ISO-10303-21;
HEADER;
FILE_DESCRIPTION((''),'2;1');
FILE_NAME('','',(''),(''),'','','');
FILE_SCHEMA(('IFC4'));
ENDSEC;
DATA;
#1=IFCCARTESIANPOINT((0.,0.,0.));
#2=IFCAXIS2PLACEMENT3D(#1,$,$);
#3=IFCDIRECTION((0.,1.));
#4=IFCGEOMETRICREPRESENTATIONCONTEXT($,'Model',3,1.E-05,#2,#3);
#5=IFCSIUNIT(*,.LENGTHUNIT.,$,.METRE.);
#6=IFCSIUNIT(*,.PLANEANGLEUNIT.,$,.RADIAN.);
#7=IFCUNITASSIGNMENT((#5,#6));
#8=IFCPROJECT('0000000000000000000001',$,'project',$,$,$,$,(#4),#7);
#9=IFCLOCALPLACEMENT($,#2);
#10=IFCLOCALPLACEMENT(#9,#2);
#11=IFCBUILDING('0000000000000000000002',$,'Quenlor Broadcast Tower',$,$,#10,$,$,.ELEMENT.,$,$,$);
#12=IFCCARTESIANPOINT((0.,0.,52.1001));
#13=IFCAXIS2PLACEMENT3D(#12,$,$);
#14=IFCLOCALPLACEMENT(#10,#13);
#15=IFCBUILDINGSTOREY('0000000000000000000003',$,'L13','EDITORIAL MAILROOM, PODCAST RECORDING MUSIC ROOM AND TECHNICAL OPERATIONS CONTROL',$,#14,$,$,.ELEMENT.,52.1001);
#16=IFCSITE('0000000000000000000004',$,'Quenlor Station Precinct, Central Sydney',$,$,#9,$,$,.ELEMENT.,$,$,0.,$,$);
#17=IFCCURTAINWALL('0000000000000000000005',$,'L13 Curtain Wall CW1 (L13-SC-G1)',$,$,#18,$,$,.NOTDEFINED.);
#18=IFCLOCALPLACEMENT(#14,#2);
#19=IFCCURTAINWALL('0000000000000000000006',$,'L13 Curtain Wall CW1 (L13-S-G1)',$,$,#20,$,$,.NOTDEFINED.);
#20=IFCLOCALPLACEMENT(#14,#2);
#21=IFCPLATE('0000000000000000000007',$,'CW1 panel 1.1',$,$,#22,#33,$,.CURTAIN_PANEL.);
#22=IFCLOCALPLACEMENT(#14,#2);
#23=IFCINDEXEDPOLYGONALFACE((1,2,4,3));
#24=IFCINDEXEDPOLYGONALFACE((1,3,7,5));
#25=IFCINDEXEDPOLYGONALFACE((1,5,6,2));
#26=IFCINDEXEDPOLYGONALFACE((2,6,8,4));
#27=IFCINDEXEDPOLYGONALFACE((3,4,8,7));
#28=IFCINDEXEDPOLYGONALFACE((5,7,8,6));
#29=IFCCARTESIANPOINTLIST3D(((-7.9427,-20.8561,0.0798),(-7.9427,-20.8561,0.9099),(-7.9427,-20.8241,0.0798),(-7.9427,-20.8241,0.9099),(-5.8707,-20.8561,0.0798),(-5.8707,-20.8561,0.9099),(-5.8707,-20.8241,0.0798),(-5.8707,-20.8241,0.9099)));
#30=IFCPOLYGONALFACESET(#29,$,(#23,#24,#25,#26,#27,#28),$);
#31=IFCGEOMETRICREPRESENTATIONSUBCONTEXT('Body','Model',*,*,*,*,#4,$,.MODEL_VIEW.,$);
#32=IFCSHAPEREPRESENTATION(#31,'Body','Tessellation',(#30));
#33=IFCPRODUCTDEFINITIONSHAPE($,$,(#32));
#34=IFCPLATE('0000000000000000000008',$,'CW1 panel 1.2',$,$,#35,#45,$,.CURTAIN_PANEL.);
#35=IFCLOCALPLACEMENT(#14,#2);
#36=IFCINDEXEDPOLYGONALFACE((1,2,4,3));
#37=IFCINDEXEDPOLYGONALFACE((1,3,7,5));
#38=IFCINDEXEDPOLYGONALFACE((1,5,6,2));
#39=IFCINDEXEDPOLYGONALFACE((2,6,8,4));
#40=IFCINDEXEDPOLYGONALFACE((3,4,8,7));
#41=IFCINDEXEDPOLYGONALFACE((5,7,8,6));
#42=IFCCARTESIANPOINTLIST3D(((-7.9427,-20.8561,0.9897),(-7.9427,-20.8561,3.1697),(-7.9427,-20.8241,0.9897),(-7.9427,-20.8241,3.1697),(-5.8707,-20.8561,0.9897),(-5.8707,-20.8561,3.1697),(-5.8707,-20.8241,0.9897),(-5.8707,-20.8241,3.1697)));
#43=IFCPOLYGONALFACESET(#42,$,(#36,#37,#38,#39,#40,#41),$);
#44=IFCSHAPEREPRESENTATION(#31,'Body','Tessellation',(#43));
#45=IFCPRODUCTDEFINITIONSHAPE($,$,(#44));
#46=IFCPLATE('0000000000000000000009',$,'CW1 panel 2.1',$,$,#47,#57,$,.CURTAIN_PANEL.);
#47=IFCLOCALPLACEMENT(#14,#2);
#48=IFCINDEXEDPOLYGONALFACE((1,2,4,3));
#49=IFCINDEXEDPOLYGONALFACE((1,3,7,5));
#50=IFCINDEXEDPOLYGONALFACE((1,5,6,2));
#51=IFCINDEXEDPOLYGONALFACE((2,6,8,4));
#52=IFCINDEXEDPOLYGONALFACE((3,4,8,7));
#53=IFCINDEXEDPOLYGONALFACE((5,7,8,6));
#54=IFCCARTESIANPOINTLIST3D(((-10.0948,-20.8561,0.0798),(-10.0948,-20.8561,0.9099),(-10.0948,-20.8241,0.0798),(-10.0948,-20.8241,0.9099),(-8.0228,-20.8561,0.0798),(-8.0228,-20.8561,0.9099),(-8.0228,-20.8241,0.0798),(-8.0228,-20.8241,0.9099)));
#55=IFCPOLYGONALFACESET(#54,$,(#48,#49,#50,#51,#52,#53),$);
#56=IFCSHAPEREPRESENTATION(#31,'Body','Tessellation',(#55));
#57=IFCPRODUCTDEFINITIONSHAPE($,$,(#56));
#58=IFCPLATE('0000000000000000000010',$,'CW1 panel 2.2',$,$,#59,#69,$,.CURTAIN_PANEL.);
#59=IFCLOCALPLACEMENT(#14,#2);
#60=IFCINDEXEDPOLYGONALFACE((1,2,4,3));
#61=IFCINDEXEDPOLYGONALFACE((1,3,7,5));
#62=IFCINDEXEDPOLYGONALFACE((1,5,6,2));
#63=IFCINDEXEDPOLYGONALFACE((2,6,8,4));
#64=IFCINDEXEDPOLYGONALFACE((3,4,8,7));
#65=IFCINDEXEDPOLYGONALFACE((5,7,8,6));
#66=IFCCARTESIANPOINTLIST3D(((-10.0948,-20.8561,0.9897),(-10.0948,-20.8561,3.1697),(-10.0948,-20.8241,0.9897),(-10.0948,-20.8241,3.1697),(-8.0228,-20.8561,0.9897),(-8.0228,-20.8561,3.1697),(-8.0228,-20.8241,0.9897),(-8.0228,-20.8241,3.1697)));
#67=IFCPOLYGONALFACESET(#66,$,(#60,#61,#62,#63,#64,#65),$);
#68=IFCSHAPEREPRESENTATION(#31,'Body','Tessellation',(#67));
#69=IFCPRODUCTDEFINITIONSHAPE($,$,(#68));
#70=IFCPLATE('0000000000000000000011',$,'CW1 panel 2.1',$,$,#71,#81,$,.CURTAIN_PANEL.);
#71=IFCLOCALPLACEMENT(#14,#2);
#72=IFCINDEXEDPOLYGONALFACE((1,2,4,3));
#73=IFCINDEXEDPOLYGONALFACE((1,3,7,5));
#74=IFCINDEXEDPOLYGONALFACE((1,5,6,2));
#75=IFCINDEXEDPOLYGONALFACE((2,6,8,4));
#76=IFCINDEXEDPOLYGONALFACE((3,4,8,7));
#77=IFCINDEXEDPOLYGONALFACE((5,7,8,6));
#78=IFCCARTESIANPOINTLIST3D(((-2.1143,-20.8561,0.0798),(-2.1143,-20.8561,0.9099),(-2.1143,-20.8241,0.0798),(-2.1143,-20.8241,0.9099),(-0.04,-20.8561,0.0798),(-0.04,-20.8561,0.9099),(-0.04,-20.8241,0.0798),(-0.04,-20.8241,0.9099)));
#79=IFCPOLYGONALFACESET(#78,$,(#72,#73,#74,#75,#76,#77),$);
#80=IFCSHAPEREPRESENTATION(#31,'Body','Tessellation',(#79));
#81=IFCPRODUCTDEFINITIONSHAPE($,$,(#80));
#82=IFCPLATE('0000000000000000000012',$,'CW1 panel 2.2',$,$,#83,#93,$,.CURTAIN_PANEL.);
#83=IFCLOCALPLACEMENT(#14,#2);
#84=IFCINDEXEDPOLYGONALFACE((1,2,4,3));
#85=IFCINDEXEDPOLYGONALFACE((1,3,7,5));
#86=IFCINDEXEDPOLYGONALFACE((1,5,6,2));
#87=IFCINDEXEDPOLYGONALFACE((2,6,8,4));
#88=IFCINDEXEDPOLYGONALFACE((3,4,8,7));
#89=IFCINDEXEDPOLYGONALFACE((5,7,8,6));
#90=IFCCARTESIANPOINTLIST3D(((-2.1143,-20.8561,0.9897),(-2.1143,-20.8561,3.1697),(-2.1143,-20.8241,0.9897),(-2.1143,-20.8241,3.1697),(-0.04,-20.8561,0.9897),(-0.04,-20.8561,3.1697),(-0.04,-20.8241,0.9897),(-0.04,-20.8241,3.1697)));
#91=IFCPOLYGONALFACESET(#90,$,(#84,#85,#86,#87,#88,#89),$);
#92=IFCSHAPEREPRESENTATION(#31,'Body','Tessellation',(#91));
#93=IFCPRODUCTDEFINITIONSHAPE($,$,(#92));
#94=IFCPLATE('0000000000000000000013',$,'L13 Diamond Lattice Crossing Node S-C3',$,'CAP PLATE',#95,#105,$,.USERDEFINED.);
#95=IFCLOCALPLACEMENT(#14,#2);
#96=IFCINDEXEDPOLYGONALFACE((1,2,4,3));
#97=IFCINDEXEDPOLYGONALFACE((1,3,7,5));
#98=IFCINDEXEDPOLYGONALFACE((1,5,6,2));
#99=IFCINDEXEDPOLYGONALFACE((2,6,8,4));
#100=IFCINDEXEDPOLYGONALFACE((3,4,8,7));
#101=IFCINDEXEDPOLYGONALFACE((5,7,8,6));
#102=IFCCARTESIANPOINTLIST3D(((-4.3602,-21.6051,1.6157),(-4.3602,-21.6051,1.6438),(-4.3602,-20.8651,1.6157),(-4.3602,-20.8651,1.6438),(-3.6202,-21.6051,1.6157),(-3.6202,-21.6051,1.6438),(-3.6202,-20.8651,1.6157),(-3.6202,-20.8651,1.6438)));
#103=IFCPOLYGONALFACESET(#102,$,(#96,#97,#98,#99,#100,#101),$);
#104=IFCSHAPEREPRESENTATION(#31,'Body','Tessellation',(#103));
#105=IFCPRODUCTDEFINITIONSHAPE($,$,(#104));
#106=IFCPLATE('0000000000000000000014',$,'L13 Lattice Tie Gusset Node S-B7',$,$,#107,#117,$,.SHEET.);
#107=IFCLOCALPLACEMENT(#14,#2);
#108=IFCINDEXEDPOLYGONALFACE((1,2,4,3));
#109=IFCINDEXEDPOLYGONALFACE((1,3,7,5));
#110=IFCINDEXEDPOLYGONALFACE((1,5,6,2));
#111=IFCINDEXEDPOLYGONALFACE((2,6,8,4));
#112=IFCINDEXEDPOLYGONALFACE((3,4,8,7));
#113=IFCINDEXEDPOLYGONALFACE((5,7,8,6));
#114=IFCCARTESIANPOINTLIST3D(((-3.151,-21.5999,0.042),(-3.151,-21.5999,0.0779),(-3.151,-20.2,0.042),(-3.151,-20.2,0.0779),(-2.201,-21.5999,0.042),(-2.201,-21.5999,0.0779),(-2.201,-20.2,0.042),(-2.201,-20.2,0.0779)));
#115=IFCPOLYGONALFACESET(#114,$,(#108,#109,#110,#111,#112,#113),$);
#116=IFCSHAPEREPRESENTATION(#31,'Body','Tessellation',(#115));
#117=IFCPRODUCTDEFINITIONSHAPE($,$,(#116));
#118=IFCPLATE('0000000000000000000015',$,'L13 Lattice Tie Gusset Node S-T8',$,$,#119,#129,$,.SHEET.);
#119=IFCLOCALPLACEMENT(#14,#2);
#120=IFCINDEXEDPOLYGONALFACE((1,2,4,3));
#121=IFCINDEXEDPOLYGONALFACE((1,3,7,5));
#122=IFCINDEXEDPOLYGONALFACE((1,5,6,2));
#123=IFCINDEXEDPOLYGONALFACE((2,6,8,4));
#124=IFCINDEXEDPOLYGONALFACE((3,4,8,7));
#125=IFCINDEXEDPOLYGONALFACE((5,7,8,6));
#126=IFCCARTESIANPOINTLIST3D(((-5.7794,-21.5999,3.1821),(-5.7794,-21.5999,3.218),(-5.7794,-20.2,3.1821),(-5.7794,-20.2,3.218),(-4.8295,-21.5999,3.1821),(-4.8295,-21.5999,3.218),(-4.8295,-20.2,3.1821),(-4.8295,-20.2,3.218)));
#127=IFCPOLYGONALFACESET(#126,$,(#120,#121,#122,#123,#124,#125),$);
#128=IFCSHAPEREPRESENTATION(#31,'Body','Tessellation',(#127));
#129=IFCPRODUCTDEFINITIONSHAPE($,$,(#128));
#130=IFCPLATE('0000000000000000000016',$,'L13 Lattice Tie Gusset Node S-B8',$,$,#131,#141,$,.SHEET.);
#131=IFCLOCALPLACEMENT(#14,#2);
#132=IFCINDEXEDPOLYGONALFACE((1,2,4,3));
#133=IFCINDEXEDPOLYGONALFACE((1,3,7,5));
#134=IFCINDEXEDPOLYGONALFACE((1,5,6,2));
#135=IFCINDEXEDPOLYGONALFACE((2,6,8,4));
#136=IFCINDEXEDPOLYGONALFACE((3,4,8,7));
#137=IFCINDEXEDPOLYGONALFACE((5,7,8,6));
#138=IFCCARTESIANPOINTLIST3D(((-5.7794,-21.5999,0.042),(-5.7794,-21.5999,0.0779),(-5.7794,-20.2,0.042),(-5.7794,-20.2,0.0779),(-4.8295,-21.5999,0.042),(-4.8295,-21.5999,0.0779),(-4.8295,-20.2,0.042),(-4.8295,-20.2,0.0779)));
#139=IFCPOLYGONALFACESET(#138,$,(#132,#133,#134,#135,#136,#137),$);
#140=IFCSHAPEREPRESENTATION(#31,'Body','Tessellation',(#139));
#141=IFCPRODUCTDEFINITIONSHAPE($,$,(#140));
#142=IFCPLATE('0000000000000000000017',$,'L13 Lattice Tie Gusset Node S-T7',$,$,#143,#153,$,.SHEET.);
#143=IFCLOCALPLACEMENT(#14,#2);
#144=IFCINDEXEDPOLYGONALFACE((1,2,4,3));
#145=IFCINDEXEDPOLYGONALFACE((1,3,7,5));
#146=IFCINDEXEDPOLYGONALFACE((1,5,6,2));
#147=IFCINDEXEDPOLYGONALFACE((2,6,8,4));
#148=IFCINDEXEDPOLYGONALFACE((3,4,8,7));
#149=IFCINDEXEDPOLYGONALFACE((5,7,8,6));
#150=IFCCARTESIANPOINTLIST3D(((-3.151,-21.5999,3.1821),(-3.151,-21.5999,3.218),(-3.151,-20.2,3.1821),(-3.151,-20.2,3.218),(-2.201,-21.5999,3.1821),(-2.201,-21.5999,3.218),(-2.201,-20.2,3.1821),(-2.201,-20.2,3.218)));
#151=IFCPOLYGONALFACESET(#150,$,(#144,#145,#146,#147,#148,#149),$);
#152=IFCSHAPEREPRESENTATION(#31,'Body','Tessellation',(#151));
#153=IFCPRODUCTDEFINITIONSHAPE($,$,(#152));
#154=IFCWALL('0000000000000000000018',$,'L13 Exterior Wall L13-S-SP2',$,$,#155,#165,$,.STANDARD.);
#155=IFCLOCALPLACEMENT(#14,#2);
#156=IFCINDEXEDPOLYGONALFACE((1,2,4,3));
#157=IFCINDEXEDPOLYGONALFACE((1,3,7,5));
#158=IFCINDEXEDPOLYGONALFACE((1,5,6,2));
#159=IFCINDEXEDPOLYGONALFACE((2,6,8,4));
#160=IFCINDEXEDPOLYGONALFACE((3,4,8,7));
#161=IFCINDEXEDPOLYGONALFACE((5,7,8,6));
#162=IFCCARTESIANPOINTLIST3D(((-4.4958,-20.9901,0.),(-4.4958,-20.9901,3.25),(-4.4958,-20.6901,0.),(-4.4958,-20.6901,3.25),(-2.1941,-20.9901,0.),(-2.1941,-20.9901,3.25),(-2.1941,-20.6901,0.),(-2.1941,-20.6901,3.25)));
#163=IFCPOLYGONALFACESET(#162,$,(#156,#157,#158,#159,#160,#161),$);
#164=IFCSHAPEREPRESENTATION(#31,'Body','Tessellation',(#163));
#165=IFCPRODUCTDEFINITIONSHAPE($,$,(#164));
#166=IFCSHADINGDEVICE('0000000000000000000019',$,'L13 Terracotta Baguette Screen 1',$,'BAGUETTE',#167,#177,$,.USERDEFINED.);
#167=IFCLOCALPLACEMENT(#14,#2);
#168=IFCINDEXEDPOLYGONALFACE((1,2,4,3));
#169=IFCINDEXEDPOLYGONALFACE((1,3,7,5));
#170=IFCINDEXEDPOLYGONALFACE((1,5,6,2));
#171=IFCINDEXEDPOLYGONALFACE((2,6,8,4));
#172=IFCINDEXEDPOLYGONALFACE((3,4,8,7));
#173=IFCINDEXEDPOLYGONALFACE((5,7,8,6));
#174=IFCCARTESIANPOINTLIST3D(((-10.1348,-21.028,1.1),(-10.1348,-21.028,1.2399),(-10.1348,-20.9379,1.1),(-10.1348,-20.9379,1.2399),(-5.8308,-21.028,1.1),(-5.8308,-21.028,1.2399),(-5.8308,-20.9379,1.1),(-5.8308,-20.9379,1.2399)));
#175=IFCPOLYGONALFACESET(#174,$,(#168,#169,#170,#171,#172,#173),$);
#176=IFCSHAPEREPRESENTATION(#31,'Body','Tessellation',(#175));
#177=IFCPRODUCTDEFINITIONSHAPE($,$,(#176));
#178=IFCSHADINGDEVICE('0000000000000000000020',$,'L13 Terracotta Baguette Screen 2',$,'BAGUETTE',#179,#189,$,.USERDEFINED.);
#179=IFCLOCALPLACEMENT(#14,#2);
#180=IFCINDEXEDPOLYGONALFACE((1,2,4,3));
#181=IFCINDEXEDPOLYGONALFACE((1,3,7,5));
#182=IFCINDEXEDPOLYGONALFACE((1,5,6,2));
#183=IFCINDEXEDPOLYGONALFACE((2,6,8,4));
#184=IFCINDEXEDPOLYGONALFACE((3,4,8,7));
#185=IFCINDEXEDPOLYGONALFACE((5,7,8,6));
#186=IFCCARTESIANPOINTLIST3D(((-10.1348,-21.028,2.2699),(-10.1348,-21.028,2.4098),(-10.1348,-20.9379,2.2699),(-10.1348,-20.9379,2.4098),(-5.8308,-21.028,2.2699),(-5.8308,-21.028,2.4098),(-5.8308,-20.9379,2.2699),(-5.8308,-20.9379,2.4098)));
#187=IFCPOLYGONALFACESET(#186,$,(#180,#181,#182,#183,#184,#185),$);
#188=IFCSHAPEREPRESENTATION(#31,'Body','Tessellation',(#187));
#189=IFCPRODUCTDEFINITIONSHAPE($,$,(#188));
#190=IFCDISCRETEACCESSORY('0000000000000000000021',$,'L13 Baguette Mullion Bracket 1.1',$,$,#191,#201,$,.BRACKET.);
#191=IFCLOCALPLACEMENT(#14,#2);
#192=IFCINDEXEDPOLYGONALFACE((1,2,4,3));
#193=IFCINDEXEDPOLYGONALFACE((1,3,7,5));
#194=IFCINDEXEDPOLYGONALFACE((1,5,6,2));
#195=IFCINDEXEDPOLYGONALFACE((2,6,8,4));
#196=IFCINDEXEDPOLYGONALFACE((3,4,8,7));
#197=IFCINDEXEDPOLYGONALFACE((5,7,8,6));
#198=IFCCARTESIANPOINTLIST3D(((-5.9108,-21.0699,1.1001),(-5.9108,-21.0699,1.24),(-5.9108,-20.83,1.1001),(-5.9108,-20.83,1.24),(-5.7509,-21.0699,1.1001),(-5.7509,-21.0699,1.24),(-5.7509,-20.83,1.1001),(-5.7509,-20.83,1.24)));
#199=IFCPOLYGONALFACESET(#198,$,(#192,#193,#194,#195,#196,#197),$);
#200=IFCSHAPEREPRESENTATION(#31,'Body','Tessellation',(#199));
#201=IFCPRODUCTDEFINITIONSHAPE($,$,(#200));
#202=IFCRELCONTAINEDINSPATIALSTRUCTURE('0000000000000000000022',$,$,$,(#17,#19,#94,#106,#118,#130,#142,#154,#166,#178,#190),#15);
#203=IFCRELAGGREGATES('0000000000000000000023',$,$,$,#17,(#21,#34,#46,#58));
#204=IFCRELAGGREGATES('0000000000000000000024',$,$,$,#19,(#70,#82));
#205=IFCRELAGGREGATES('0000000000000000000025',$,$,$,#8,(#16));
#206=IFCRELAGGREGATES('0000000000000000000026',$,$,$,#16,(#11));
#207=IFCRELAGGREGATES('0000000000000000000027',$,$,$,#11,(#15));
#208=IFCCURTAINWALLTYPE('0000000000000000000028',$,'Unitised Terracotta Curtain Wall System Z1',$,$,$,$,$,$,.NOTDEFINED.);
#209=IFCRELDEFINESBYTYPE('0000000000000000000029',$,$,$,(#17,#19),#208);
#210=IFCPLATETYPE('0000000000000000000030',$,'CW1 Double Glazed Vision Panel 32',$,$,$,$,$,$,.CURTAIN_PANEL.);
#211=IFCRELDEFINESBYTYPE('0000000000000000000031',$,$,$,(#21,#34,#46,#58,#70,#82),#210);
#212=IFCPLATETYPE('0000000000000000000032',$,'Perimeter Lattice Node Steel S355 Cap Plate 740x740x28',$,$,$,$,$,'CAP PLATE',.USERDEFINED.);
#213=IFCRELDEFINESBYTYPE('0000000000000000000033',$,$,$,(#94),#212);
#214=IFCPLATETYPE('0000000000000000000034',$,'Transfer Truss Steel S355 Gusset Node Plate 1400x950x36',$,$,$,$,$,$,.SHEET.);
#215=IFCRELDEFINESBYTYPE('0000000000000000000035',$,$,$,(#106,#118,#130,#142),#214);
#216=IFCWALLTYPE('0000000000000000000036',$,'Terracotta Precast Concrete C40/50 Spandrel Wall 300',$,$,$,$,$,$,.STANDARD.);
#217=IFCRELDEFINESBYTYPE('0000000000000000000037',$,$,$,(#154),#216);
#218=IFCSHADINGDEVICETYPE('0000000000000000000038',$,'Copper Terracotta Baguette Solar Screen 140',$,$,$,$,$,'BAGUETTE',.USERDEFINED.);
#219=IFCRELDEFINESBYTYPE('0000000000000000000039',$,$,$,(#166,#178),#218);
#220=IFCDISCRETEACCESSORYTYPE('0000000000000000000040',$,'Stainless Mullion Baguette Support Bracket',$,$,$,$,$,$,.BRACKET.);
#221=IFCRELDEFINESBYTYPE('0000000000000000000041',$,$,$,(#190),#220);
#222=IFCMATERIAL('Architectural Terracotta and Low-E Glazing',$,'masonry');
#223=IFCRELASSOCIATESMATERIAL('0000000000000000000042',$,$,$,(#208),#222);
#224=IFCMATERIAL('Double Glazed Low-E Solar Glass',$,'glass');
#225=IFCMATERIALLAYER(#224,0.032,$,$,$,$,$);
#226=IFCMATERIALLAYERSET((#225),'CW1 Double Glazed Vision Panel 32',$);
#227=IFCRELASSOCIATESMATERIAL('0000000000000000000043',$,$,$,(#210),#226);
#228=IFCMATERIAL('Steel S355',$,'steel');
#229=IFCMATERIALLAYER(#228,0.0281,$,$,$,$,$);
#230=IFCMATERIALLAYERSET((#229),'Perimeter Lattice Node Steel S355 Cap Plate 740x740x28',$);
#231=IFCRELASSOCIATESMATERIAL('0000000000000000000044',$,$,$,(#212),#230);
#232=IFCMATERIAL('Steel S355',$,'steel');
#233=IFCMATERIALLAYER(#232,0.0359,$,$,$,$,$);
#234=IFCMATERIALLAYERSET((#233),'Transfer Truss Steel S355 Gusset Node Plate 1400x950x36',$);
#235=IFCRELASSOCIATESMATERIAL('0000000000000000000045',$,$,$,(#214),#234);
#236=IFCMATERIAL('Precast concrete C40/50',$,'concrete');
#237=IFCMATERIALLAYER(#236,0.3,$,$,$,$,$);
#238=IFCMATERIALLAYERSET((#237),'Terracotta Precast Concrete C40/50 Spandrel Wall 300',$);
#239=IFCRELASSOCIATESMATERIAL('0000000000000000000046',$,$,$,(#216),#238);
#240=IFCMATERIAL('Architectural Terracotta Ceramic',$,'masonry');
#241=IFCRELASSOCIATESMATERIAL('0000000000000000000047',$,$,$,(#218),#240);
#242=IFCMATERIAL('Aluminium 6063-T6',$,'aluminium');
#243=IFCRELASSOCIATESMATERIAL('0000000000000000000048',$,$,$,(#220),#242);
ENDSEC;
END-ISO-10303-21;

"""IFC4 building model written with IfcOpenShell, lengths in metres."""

from ifc_helpers import new_model, si_unit, direction, frame, frame_2d, origin, origin_2d, place, context, subcontext, project, spatial, rectangle, extrude, material, layer, layer_set, material_profile, profile_set, type_object, element, aggregate, save


model = new_model("IFC4")

# Units and contexts
model_context = context("Model", 3, precision=1e-05, world=origin(), true_north=direction((0.0, 1.0)))
body_context = subcontext(model_context, "Body", "Model", "MODEL_VIEW")
ifc_project = project(units=[si_unit("LENGTHUNIT", "METRE"), si_unit("PLANEANGLEUNIT", "RADIAN")], contexts=[model_context])

# Site, building, storey
site_placement = place(None, origin())
site = spatial("IfcSite", under=ifc_project, at=site_placement, Name="Quenlor Station Precinct, Central Sydney", CompositionType="ELEMENT", RefElevation=0.0)
building_placement = place(site_placement, origin())
building = spatial("IfcBuilding", under=site, at=building_placement, Name="Quenlor Broadcast Tower", CompositionType="ELEMENT")
storey_placement = place(building_placement, frame((0.0, 0.0, 52.1001)))
storey = spatial("IfcBuildingStorey", under=building, at=storey_placement, Name="L13", Description="EDITORIAL MAILROOM, PODCAST RECORDING MUSIC ROOM AND TECHNICAL OPERATIONS CONTROL", CompositionType="ELEMENT", Elevation=52.1001)

# Curtain wall
ifc_material_1 = material(Name="Architectural Terracotta and Low-E Glazing", Category="masonry")
curtain_wall_type = type_object("IfcCurtainWallType", Name="Unitised Terracotta Curtain Wall System Z1", PredefinedType="NOTDEFINED", material=ifc_material_1)
curtain_wall_1_placement = place(storey_placement, origin())
curtain_wall_1 = element("IfcCurtainWall", 1, at=curtain_wall_1_placement, inside=storey, type_object=curtain_wall_type, Name="L13 Curtain Wall CW1 (L13-SC-G1)", PredefinedType="NOTDEFINED")

# Curtain wall
curtain_wall_2_placement = place(storey_placement, origin())
curtain_wall_2 = element("IfcCurtainWall", 2, at=curtain_wall_2_placement, inside=storey, type_object=curtain_wall_type, Name="L13 Curtain Wall CW1 (L13-S-G1)", PredefinedType="NOTDEFINED")

# Plates
ifc_material_2 = material(Name="Double Glazed Low-E Solar Glass", Category="glass")
ifc_layer_1 = layer(ifc_material_2, 0.032)
ifc_layer_set_1 = layer_set([ifc_layer_1], Name="CW1 Double Glazed Vision Panel 32")
plate_type_1 = type_object("IfcPlateType", Name="CW1 Double Glazed Vision Panel 32", PredefinedType="CURTAIN_PANEL", material=ifc_layer_set_1)
plate_1_placement = place(storey_placement, frame((-6.9067, -20.8401, 0.0798), z_axis=(0.0, 0.0, 1.0), x_axis=(-1.0, 0.0, 0.0)))
plate_1 = element("IfcPlate", 3, at=plate_1_placement, type_object=plate_type_1, Name="CW1 panel 1.1", PredefinedType="CURTAIN_PANEL", context=body_context, shape_type="SweptSolid", body=[
    extrude(rectangle(XDim=2.072, YDim=0.032, at=origin_2d()), origin(), (0.0, 0.0, 1.0), 0.8301),
])
plate_2_placement = place(storey_placement, frame((-6.9067, -20.8401, 0.9897), z_axis=(0.0, 0.0, 1.0), x_axis=(-1.0, 0.0, 0.0)))
plate_2 = element("IfcPlate", 4, at=plate_2_placement, type_object=plate_type_1, Name="CW1 panel 1.2", PredefinedType="CURTAIN_PANEL", context=body_context, shape_type="SweptSolid", body=[
    extrude(rectangle(XDim=2.072, YDim=0.032, at=origin_2d()), origin(), (0.0, 0.0, 1.0), 2.1799),
])
plate_3_placement = place(storey_placement, frame((-9.0588, -20.8401, 0.0798), z_axis=(0.0, 0.0, 1.0), x_axis=(-1.0, 0.0, 0.0)))
plate_3 = element("IfcPlate", 5, at=plate_3_placement, type_object=plate_type_1, Name="CW1 panel 2.1", PredefinedType="CURTAIN_PANEL", context=body_context, shape_type="SweptSolid", body=[
    extrude(rectangle(XDim=2.072, YDim=0.032, at=origin_2d()), origin(), (0.0, 0.0, 1.0), 0.8301),
])
plate_4_placement = place(storey_placement, frame((-9.0588, -20.8401, 0.9897), z_axis=(0.0, 0.0, 1.0), x_axis=(-1.0, 0.0, 0.0)))
plate_4 = element("IfcPlate", 6, at=plate_4_placement, type_object=plate_type_1, Name="CW1 panel 2.2", PredefinedType="CURTAIN_PANEL", context=body_context, shape_type="SweptSolid", body=[
    extrude(rectangle(XDim=2.072, YDim=0.032, at=origin_2d()), origin(), (0.0, 0.0, 1.0), 2.1799),
])
aggregate(curtain_wall_1, [plate_1, plate_2, plate_3, plate_4])
plate_5_placement = place(storey_placement, frame((-1.0771, -20.8401, 0.0798), z_axis=(0.0, 0.0, 1.0), x_axis=(-1.0, 0.0, 0.0)))
plate_5 = element("IfcPlate", 7, at=plate_5_placement, type_object=plate_type_1, Name="CW1 panel 2.1", PredefinedType="CURTAIN_PANEL", context=body_context, shape_type="SweptSolid", body=[
    extrude(rectangle(XDim=2.0742, YDim=0.032, at=origin_2d()), origin(), (0.0, 0.0, 1.0), 0.8301),
])
plate_6_placement = place(storey_placement, frame((-1.0771, -20.8401, 0.9897), z_axis=(0.0, 0.0, 1.0), x_axis=(-1.0, 0.0, 0.0)))
plate_6 = element("IfcPlate", 8, at=plate_6_placement, type_object=plate_type_1, Name="CW1 panel 2.2", PredefinedType="CURTAIN_PANEL", context=body_context, shape_type="SweptSolid", body=[
    extrude(rectangle(XDim=2.0742, YDim=0.032, at=origin_2d()), origin(), (0.0, 0.0, 1.0), 2.1799),
])
aggregate(curtain_wall_2, [plate_5, plate_6])

# Plates
ifc_material_3 = material(Name="Steel S355", Category="steel")
ifc_layer_2 = layer(ifc_material_3, 0.0281)
ifc_layer_set_2 = layer_set([ifc_layer_2], Name="Perimeter Lattice Node Steel S355 Cap Plate 740x740x28")
plate_type_2 = type_object("IfcPlateType", Name="Perimeter Lattice Node Steel S355 Cap Plate 740x740x28", ElementType="CAP PLATE", PredefinedType="USERDEFINED", material=ifc_layer_set_2)
plate_7_placement = place(storey_placement, frame((-3.9902, -21.2351, 1.6157), z_axis=(0.0, 0.0, 1.0), x_axis=(-1.0, 0.0, 0.0)))
element("IfcPlate", 9, at=plate_7_placement, inside=storey, type_object=plate_type_2, Name="L13 Diamond Lattice Crossing Node S-C3", ObjectType="CAP PLATE", PredefinedType="USERDEFINED", context=body_context, shape_type="SweptSolid", body=[
    extrude(rectangle(XDim=0.74, YDim=0.74, at=origin_2d()), origin(), (0.0, 0.0, 1.0), 0.0281),
])
ifc_material_4 = material(Name="Steel S355", Category="steel")
ifc_layer_3 = layer(ifc_material_4, 0.0359)
ifc_layer_set_3 = layer_set([ifc_layer_3], Name="Transfer Truss Steel S355 Gusset Node Plate 1400x950x36")
plate_type_3 = type_object("IfcPlateType", Name="Transfer Truss Steel S355 Gusset Node Plate 1400x950x36", PredefinedType="SHEET", material=ifc_layer_set_3)
for number, where, z_axis, x_axis, name in (
    (10, (-2.676, -20.8999, 0.042), (0.0, 0.0, 1.0), (0.0, -1.0, 0.0), "L13 Lattice Tie Gusset Node S-B7"),
    (11, (-5.3044, -20.8999, 3.1821), (0.0, 0.0, 1.0), (0.0, -1.0, 0.0), "L13 Lattice Tie Gusset Node S-T8"),
    (12, (-5.3044, -20.8999, 0.042), (0.0, 0.0, 1.0), (0.0, -1.0, 0.0), "L13 Lattice Tie Gusset Node S-B8"),
    (13, (-2.676, -20.8999, 3.1821), (0.0, 0.0, 1.0), (0.0, -1.0, 0.0), "L13 Lattice Tie Gusset Node S-T7"),
):
    element("IfcPlate", number, at=place(storey_placement, frame(where, z_axis=z_axis, x_axis=x_axis)), inside=storey, type_object=plate_type_3, Name=name, PredefinedType="SHEET", context=body_context, shape_type="SweptSolid", body=[
        extrude(rectangle(XDim=1.3999, YDim=0.95, at=origin_2d()), origin(), (0.0, 0.0, 1.0), 0.0359),
    ])

# Wall
ifc_material_5 = material(Name="Precast concrete C40/50", Category="concrete")
ifc_layer_4 = layer(ifc_material_5, 0.3)
ifc_layer_set_4 = layer_set([ifc_layer_4], Name="Terracotta Precast Concrete C40/50 Spandrel Wall 300")
wall_type = type_object("IfcWallType", Name="Terracotta Precast Concrete C40/50 Spandrel Wall 300", PredefinedType="STANDARD", material=ifc_layer_set_4)
wall_placement = place(storey_placement, frame((-2.1941, -20.8401, 0.0), z_axis=(0.0, 0.0, 1.0), x_axis=(-1.0, 0.0, 0.0)))
element("IfcWall", 14, at=wall_placement, inside=storey, type_object=wall_type, Name="L13 Exterior Wall L13-S-SP2", PredefinedType="STANDARD", context=body_context, shape_type="SweptSolid", body=[
    extrude(rectangle(XDim=2.3018, YDim=0.3, at=frame_2d((1.1509, 0.0))), origin(), (0.0, 0.0, 1.0), 3.25),
])

# Shading devices
ifc_material_6 = material(Name="Architectural Terracotta Ceramic", Category="masonry")
ifc_material_profile_1 = material_profile(ifc_material_6, rectangle(XDim=0.0901, YDim=0.1399, at=origin_2d()))
ifc_profile_set_1 = profile_set([ifc_material_profile_1], Name="Architectural Terracotta Ceramic BAG90x140")
shading_device_type = type_object("IfcShadingDeviceType", Name="Copper Terracotta Baguette Solar Screen 140", ElementType="BAGUETTE", PredefinedType="USERDEFINED", material=ifc_profile_set_1)
for number, where, z_axis, x_axis, name in (
    (15, (-5.8308, -20.9829, 1.1699), (-1.0, 0.0, 0.0), (0.0, -1.0, 0.0), "L13 Terracotta Baguette Screen 1"),
    (16, (-5.8308, -20.9829, 2.3398), (-1.0, 0.0, 0.0), (0.0, -1.0, 0.0), "L13 Terracotta Baguette Screen 2"),
):
    element("IfcShadingDevice", number, at=place(storey_placement, frame(where, z_axis=z_axis, x_axis=x_axis)), inside=storey, type_object=shading_device_type, Name=name, ObjectType="BAGUETTE", PredefinedType="USERDEFINED", context=body_context, shape_type="SweptSolid", body=[
        extrude(rectangle(XDim=0.0901, YDim=0.1399, at=origin_2d()), origin(), (0.0, 0.0, 1.0), 4.304),
    ])

# Discrete accessory
ifc_material_7 = material(Name="Aluminium 6063-T6", Category="aluminium")
discrete_accessory_type = type_object("IfcDiscreteAccessoryType", Name="Stainless Mullion Baguette Support Bracket", PredefinedType="BRACKET", material=ifc_material_7)
for number, where, z_axis, x_axis, name in (
    (17, (-5.8308, -20.95, 1.1001), (0.0, 0.0, 1.0), (-1.0, 0.0, 0.0), "L13 Baguette Mullion Bracket 1.1"),
):
    element("IfcDiscreteAccessory", number, at=place(storey_placement, frame(where, z_axis=z_axis, x_axis=x_axis)), inside=storey, type_object=discrete_accessory_type, Name=name, PredefinedType="BRACKET", context=body_context, shape_type="SweptSolid", body=[
        extrude(rectangle(XDim=0.1599, YDim=0.24, at=origin_2d()), origin(), (0.0, 0.0, 1.0), 0.1399),
    ])

save(model, "model.ifc")
